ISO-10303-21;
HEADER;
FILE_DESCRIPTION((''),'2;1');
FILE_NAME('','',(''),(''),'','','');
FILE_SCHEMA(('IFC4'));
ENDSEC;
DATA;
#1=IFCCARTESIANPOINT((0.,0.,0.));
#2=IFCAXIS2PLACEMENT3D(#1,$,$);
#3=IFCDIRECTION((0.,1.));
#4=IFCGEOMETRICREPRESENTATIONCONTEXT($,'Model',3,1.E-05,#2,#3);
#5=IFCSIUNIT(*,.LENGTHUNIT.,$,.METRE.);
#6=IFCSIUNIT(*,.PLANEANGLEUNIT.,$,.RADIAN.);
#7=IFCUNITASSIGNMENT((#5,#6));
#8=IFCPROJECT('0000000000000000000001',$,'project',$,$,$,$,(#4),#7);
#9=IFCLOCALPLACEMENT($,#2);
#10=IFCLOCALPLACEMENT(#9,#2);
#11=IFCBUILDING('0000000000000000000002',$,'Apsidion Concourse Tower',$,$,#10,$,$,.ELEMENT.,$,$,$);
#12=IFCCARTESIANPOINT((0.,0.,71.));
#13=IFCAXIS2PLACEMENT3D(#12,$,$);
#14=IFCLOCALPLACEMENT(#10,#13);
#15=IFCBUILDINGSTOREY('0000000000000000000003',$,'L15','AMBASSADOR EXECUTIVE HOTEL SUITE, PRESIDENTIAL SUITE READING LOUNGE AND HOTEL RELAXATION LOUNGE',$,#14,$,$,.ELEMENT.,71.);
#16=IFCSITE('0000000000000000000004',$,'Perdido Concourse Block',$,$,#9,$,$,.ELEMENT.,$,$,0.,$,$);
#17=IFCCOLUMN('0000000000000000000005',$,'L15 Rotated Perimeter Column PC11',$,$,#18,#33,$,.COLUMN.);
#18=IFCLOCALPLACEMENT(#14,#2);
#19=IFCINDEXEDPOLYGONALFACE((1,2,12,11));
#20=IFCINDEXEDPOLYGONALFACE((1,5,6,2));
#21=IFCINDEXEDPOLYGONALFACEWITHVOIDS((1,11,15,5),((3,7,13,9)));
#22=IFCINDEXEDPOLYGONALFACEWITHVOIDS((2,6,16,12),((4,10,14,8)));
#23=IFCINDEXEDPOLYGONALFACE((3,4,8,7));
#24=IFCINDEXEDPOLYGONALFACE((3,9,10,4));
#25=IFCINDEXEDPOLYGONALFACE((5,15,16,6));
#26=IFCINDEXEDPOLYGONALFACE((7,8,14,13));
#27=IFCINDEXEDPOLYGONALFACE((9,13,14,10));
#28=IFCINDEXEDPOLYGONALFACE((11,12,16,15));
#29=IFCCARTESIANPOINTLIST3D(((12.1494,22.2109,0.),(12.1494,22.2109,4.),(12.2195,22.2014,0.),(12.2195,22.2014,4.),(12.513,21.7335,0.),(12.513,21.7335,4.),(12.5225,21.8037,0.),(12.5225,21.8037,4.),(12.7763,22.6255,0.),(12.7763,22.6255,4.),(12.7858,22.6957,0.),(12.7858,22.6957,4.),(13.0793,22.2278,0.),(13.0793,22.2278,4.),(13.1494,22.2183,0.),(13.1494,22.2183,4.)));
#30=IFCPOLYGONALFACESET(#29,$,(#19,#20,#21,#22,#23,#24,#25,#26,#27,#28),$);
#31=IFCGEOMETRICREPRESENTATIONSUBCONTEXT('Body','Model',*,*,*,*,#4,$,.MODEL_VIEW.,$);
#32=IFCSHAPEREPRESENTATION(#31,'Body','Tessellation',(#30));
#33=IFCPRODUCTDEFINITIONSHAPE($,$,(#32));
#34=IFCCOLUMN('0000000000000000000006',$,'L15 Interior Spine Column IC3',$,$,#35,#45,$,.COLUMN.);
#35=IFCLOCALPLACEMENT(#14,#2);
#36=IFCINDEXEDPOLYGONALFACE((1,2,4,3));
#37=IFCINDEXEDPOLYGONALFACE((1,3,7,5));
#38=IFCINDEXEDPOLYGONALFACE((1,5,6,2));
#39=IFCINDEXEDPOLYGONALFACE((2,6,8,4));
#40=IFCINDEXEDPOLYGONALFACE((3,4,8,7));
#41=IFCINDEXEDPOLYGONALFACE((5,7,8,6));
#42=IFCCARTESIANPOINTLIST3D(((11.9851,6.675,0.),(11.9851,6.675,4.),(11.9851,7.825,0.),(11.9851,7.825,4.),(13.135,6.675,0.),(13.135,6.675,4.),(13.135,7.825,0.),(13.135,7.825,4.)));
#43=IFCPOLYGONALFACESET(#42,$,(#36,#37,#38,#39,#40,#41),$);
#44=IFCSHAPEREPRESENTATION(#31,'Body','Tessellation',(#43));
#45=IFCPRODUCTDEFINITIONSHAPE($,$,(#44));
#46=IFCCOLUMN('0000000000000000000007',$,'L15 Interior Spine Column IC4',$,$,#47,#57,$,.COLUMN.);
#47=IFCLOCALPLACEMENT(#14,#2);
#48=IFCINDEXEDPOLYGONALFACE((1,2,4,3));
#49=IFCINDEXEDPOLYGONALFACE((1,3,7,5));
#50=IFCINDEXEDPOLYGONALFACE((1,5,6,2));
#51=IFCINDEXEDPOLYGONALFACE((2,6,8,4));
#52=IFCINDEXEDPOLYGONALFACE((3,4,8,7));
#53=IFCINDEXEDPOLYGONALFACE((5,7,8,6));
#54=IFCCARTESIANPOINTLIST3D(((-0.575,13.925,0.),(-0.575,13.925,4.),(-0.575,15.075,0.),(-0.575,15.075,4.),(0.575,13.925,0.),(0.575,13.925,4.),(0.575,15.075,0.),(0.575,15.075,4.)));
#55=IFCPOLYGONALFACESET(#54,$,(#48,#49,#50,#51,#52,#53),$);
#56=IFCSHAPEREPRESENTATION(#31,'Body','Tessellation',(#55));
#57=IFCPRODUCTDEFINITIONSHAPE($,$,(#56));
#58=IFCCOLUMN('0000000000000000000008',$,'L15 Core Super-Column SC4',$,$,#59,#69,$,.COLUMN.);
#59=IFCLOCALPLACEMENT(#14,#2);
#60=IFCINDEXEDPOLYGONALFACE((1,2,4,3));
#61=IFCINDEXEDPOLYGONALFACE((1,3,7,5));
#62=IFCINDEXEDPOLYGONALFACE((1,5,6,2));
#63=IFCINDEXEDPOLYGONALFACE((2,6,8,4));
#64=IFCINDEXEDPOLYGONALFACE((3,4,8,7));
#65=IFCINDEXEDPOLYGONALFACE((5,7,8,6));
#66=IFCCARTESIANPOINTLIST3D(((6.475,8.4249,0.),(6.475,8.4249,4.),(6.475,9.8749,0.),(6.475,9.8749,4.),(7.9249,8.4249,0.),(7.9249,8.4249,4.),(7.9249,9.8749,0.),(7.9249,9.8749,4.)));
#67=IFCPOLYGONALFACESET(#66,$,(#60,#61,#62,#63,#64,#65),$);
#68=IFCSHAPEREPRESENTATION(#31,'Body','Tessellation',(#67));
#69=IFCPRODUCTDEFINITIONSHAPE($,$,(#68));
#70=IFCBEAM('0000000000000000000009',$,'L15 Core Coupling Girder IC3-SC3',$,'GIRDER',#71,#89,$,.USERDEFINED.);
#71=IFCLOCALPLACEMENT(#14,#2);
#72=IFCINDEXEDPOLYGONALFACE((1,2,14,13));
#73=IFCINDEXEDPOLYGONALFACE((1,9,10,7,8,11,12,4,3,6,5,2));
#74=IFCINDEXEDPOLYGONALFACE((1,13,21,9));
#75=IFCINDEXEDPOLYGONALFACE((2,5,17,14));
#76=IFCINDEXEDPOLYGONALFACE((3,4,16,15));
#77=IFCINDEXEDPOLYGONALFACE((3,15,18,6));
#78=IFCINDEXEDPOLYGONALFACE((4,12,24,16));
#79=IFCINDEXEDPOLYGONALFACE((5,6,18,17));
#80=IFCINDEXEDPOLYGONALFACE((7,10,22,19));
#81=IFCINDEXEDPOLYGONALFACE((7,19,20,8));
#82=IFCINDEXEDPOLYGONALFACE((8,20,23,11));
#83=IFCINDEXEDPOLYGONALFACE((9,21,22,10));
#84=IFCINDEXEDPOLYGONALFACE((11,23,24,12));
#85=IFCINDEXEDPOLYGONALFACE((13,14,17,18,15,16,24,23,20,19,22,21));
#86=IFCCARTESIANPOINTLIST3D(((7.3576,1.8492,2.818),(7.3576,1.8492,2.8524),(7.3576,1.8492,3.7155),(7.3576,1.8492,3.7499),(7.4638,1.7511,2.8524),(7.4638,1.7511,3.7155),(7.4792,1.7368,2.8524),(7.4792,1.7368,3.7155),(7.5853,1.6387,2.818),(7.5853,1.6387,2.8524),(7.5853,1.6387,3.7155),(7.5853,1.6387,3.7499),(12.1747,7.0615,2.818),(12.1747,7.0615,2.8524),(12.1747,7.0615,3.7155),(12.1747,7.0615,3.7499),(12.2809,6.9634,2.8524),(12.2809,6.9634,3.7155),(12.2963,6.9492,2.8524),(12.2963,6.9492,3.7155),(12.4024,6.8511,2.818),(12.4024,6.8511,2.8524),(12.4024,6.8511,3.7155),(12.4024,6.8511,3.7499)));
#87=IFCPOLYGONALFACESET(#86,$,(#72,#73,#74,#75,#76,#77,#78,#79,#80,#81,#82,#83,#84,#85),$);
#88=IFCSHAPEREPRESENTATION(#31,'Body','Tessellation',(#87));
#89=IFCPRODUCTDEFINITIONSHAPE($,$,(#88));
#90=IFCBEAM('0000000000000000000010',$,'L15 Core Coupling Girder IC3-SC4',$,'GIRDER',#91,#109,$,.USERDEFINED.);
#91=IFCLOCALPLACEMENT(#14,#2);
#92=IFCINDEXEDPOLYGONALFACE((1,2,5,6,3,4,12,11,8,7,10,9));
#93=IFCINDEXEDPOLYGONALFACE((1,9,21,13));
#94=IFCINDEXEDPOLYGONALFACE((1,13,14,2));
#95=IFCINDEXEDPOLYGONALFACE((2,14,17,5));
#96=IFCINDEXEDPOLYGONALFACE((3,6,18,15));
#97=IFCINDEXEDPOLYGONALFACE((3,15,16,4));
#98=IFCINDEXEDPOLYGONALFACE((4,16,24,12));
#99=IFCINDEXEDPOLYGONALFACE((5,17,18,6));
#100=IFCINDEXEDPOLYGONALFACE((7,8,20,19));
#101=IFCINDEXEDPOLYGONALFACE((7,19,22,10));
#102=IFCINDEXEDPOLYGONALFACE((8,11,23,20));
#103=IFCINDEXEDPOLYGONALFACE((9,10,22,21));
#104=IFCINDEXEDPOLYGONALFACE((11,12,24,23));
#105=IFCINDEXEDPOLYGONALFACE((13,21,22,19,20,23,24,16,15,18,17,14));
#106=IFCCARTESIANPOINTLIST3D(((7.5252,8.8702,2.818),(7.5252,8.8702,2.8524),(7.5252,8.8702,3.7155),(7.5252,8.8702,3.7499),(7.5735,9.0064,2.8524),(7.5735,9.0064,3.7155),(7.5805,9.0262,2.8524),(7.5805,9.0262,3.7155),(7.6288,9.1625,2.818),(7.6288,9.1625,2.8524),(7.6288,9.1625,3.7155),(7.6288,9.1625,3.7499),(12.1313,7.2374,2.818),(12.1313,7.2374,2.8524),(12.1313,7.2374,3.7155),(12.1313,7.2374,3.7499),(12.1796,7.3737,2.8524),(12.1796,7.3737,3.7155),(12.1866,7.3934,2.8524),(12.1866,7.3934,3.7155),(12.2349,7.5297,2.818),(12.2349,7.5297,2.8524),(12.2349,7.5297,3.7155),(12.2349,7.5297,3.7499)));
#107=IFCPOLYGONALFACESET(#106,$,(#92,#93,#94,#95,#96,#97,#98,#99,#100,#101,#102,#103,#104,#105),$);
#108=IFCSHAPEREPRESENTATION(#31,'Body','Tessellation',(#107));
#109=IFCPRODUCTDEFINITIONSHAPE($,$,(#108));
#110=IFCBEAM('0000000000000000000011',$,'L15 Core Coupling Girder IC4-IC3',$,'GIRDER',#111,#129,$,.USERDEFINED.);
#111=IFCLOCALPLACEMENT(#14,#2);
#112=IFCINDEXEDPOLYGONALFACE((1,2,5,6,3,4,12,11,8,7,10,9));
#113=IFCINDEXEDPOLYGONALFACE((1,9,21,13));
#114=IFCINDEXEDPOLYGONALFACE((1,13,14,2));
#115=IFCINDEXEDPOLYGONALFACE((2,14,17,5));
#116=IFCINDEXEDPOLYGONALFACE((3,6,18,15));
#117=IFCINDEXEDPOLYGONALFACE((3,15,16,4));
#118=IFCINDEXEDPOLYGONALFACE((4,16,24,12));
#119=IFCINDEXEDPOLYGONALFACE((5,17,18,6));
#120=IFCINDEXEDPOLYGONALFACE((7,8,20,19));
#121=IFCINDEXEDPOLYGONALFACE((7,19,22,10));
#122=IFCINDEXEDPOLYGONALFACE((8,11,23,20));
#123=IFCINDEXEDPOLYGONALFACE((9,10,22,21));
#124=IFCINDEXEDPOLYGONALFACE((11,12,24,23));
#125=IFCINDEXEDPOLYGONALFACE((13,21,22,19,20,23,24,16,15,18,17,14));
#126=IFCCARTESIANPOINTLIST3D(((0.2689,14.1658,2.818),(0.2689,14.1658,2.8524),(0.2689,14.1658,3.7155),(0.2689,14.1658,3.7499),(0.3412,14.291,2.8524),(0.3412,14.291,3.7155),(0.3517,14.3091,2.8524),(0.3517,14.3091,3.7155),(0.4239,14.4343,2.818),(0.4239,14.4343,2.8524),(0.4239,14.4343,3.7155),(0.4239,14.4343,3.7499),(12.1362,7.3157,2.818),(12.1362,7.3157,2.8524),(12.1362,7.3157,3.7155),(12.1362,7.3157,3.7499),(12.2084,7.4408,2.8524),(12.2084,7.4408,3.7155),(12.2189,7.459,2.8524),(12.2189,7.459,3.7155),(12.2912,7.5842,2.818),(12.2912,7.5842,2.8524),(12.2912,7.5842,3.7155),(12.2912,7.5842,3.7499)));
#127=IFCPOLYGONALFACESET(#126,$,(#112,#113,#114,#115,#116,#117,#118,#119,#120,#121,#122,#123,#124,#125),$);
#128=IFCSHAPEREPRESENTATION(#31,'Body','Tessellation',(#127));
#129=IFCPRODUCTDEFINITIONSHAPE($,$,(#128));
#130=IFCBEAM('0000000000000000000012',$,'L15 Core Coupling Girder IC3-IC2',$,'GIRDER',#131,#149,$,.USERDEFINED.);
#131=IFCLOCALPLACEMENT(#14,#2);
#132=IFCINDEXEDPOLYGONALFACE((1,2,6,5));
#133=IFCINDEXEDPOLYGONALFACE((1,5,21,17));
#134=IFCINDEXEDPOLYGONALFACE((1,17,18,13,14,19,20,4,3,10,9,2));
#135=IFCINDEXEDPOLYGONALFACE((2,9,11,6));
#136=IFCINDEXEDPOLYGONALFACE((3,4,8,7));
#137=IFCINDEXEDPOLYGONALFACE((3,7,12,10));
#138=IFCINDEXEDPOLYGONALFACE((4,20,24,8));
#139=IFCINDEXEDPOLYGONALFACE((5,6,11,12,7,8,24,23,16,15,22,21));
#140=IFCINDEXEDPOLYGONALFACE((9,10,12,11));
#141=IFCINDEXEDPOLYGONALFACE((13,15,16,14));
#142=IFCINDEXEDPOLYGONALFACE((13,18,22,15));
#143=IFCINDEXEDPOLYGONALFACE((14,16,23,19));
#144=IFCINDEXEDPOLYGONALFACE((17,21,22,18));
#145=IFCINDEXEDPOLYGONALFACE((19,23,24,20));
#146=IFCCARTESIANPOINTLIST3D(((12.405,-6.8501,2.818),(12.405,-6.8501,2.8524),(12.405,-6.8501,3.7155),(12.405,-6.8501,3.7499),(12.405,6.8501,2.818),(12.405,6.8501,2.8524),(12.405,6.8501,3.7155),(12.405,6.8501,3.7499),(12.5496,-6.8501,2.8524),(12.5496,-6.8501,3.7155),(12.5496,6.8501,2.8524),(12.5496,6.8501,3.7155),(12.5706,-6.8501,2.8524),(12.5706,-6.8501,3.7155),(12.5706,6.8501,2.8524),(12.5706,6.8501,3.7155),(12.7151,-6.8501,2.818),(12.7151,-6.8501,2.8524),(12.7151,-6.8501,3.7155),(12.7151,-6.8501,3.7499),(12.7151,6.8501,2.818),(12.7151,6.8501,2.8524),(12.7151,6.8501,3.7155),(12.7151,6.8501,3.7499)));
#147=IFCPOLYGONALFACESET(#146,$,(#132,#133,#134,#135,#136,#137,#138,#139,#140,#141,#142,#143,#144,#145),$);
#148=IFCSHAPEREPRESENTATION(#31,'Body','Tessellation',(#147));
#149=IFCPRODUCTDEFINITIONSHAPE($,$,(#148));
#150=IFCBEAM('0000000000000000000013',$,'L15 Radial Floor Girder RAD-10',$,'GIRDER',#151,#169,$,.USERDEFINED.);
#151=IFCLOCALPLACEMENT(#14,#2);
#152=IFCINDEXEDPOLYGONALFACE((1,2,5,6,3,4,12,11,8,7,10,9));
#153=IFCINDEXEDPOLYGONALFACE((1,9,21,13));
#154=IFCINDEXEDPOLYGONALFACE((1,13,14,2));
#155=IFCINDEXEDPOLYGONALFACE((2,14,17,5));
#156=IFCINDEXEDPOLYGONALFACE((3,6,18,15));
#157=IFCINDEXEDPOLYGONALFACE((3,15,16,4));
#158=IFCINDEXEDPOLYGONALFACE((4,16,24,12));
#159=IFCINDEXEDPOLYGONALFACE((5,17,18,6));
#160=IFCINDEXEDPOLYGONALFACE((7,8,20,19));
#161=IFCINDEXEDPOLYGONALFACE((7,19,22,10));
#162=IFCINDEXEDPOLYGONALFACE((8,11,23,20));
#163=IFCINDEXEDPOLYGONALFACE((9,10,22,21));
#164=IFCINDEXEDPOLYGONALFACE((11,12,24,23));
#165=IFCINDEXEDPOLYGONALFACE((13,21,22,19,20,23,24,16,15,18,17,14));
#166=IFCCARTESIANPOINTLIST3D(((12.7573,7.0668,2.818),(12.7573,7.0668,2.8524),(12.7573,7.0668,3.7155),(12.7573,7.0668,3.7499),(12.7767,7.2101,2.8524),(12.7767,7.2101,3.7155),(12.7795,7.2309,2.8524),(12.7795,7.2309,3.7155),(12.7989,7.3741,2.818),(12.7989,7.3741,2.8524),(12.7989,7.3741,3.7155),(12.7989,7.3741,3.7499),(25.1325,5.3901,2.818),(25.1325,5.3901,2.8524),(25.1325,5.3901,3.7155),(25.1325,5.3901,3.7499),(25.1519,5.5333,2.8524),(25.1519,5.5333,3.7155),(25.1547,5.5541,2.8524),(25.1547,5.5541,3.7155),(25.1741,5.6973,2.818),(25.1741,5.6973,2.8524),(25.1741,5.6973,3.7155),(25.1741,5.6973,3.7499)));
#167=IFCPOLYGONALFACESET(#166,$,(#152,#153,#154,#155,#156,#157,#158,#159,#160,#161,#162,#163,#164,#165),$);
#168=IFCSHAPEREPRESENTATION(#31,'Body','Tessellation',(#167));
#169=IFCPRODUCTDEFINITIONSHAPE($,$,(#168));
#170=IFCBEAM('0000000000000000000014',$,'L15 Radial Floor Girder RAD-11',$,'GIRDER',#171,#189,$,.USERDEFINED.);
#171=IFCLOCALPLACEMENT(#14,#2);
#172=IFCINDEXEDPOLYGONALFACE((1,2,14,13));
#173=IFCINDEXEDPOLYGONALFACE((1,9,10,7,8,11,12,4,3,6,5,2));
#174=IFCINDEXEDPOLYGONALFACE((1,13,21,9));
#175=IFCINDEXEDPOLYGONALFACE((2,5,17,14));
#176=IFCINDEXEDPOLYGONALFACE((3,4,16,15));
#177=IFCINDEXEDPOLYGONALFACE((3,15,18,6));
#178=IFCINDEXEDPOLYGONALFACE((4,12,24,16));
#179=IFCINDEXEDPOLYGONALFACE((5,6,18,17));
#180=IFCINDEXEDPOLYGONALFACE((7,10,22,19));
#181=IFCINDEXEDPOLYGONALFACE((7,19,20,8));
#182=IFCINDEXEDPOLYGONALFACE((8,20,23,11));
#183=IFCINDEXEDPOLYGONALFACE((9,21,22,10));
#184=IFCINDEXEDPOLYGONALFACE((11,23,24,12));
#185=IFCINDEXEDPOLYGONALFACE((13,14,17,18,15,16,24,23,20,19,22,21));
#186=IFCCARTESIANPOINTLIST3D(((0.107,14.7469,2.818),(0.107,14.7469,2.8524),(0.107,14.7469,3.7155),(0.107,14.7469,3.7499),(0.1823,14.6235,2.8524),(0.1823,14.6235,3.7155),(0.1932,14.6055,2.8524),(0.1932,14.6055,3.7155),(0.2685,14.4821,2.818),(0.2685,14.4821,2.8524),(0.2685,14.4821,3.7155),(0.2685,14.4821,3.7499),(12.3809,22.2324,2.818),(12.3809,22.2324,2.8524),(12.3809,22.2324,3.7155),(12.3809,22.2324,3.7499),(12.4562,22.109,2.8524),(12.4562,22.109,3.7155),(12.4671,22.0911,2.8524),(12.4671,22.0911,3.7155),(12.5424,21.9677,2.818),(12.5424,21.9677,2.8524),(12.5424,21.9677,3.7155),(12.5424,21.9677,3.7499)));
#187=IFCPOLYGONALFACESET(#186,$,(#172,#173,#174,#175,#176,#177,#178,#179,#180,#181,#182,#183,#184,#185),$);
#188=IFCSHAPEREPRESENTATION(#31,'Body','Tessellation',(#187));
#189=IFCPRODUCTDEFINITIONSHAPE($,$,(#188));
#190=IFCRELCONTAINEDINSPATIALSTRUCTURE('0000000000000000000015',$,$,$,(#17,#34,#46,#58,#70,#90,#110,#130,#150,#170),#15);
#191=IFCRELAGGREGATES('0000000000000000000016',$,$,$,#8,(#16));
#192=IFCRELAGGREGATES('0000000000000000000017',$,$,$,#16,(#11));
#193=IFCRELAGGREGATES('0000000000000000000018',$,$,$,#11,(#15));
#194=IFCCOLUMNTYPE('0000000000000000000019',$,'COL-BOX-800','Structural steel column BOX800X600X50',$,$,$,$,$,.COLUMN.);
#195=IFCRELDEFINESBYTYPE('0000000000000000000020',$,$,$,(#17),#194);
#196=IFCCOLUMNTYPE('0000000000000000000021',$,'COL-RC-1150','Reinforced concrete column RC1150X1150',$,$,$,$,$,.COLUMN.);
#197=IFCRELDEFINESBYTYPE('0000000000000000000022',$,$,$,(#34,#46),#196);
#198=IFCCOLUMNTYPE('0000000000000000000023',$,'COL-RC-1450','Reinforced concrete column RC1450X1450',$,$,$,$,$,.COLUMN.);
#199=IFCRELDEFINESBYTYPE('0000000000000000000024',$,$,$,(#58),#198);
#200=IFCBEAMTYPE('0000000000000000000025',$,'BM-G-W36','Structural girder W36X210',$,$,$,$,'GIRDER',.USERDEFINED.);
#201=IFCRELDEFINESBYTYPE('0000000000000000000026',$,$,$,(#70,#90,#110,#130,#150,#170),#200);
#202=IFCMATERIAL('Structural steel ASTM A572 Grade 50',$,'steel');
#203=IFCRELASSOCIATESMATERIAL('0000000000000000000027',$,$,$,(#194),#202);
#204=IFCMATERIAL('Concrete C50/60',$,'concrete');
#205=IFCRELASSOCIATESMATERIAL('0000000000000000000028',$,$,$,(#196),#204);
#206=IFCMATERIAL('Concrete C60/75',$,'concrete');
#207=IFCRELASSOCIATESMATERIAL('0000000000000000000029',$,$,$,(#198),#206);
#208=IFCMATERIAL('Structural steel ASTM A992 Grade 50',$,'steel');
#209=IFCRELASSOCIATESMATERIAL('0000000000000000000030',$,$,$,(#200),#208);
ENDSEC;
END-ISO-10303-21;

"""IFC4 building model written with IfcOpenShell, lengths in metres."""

from ifc_helpers import new_model, si_unit, direction, frame, origin, origin_2d, place, context, subcontext, project, spatial, rectangle, hollow_rectangle, i_section, extrude, material, material_profile, profile_set, type_object, element, save


model = new_model("IFC4")

# Units and contexts
model_context = context("Model", 3, precision=1e-05, world=origin(), true_north=direction((0.0, 1.0)))
body_context = subcontext(model_context, "Body", "Model", "MODEL_VIEW")
ifc_project = project(units=[si_unit("LENGTHUNIT", "METRE"), si_unit("PLANEANGLEUNIT", "RADIAN")], contexts=[model_context])

# Site, building, storey
site_placement = place(None, origin())
site = spatial("IfcSite", under=ifc_project, at=site_placement, Name="Perdido Concourse Block", CompositionType="ELEMENT", RefElevation=0.0)
building_placement = place(site_placement, origin())
building = spatial("IfcBuilding", under=site, at=building_placement, Name="Apsidion Concourse Tower", CompositionType="ELEMENT")
storey_placement = place(building_placement, frame((0.0, 0.0, 71.0)))
storey = spatial("IfcBuildingStorey", under=building, at=storey_placement, Name="L15", Description="AMBASSADOR EXECUTIVE HOTEL SUITE, PRESIDENTIAL SUITE READING LOUNGE AND HOTEL RELAXATION LOUNGE", CompositionType="ELEMENT", Elevation=71.0)

# Columns
ifc_material_1 = material(Name="Structural steel ASTM A572 Grade 50", Category="steel")
ifc_material_profile_1 = material_profile(ifc_material_1, hollow_rectangle(XDim=0.6001, YDim=0.8, WallThickness=0.05, at=origin_2d()), Name="BOX800X600X50")
ifc_profile_set_1 = profile_set([ifc_material_profile_1], Name="Structural steel ASTM A572 Grade 50")
column_type_1 = type_object("IfcColumnType", Name="COL-BOX-800", Description="Structural steel column BOX800X600X50", PredefinedType="COLUMN", material=ifc_profile_set_1)
column_1_placement = place(storey_placement, frame((12.6494, 22.2146, 0.0), z_axis=(0.0, 0.0, 1.0), x_axis=(-0.605988, 0.795473, 0.0)))
element("IfcColumn", 1, at=column_1_placement, inside=storey, type_object=column_type_1, Name="L15 Rotated Perimeter Column PC11", PredefinedType="COLUMN", context=body_context, shape_type="SweptSolid", body=[
    extrude(hollow_rectangle(XDim=0.6001, YDim=0.8, WallThickness=0.05, at=origin_2d()), origin(), (0.0, 0.0, 1.0), 4.0),
])
ifc_material_2 = material(Name="Concrete C50/60", Category="concrete")
ifc_material_profile_2 = material_profile(ifc_material_2, rectangle(XDim=1.1499, YDim=1.1499, at=origin_2d()), Name="RC 1150x1150")
ifc_profile_set_2 = profile_set([ifc_material_profile_2], Name="Concrete C50/60")
column_type_2 = type_object("IfcColumnType", Name="COL-RC-1150", Description="Reinforced concrete column RC1150X1150", PredefinedType="COLUMN", material=ifc_profile_set_2)
for number, where, z_axis, x_axis, name in (
    (2, (12.5601, 7.25, 0.0), (0.0, 0.0, 1.0), (1.0, 0.0, 0.0), "L15 Interior Spine Column IC3"),
    (3, (0.0, 14.5, 0.0), (0.0, 0.0, 1.0), (1.0, 0.0, 0.0), "L15 Interior Spine Column IC4"),
):
    element("IfcColumn", number, at=place(storey_placement, frame(where, z_axis=z_axis, x_axis=x_axis)), inside=storey, type_object=column_type_2, Name=name, PredefinedType="COLUMN", context=body_context, shape_type="SweptSolid", body=[
        extrude(rectangle(XDim=1.1499, YDim=1.1499, at=origin_2d()), origin(), (0.0, 0.0, 1.0), 4.0),
    ])
ifc_material_3 = material(Name="Concrete C60/75", Category="concrete")
ifc_material_profile_3 = material_profile(ifc_material_3, rectangle(XDim=1.45, YDim=1.45, at=origin_2d()), Name="RC 1450x1450")
ifc_profile_set_3 = profile_set([ifc_material_profile_3], Name="Concrete C60/75")
column_type_3 = type_object("IfcColumnType", Name="COL-RC-1450", Description="Reinforced concrete column RC1450X1450", PredefinedType="COLUMN", material=ifc_profile_set_3)
column_2_placement = place(storey_placement, frame((7.2, 9.1499, 0.0), z_axis=(0.0, 0.0, 1.0), x_axis=(1.0, 0.0, 0.0)))
element("IfcColumn", 4, at=column_2_placement, inside=storey, type_object=column_type_3, Name="L15 Core Super-Column SC4", PredefinedType="COLUMN", context=body_context, shape_type="SweptSolid", body=[
    extrude(rectangle(XDim=1.45, YDim=1.45, at=origin_2d()), origin(), (0.0, 0.0, 1.0), 4.0),
])

# Beams
ifc_material_4 = material(Name="Structural steel ASTM A992 Grade 50", Category="steel")
ifc_material_profile_4 = material_profile(ifc_material_4, i_section(OverallWidth=0.3101, OverallDepth=0.9319, WebThickness=0.021, FlangeThickness=0.0344, at=origin_2d()), Name="W36X210")
ifc_profile_set_4 = profile_set([ifc_material_profile_4], Name="Structural steel ASTM A992 Grade 50")
beam_type_1 = type_object("IfcBeamType", Name="BM-G-W36", Description="Structural girder W36X210", ElementType="GIRDER", PredefinedType="USERDEFINED", material=ifc_profile_set_4)
beam_1_placement = place(storey_placement, frame((12.2886, 6.9563, 3.2839), z_axis=(-0.678713, -0.734404, 0.0), x_axis=(0.734404, -0.678713, 0.0)))
element("IfcBeam", 5, at=beam_1_placement, inside=storey, type_object=beam_type_1, Name="L15 Core Coupling Girder IC3-SC3", ObjectType="GIRDER", PredefinedType="USERDEFINED", context=body_context, shape_type="SweptSolid", body=[
    extrude(i_section(OverallWidth=0.3101, OverallDepth=0.9319, WebThickness=0.021, FlangeThickness=0.0344, at=origin_2d()), origin(), (0.0, 0.0, 1.0), 7.0974),
])
beam_2_placement = place(storey_placement, frame((12.1831, 7.3835, 3.2839), z_axis=(-0.942534, 0.334111, 0.0), x_axis=(-0.334111, -0.942534, 0.0)))
element("IfcBeam", 6, at=beam_2_placement, inside=storey, type_object=beam_type_1, Name="L15 Core Coupling Girder IC3-SC4", ObjectType="GIRDER", PredefinedType="USERDEFINED", context=body_context, shape_type="SweptSolid", body=[
    extrude(i_section(OverallWidth=0.3101, OverallDepth=0.9319, WebThickness=0.021, FlangeThickness=0.0344, at=origin_2d()), origin(), (0.0, 0.0, 1.0), 4.887),
])
beam_3_placement = place(storey_placement, frame((0.3464, 14.3, 3.2839), z_axis=(0.86607, -0.499922, 0.0), x_axis=(0.499922, 0.86607, 0.0)))
element("IfcBeam", 7, at=beam_3_placement, inside=storey, type_object=beam_type_1, Name="L15 Core Coupling Girder IC4-IC3", ObjectType="GIRDER", PredefinedType="USERDEFINED", context=body_context, shape_type="SweptSolid", body=[
    extrude(i_section(OverallWidth=0.3101, OverallDepth=0.9319, WebThickness=0.021, FlangeThickness=0.0344, at=origin_2d()), origin(), (0.0, 0.0, 1.0), 13.7024),
])
beam_4_placement = place(storey_placement, frame((12.5601, 6.8501, 3.2839), z_axis=(0.0, -1.0, 0.0), x_axis=(1.0, 0.0, 0.0)))
element("IfcBeam", 8, at=beam_4_placement, inside=storey, type_object=beam_type_1, Name="L15 Core Coupling Girder IC3-IC2", ObjectType="GIRDER", PredefinedType="USERDEFINED", context=body_context, shape_type="SweptSolid", body=[
    extrude(i_section(OverallWidth=0.3101, OverallDepth=0.9319, WebThickness=0.021, FlangeThickness=0.0344, at=origin_2d()), origin(), (0.0, 0.0, 1.0), 13.7002),
])
beam_5_placement = place(storey_placement, frame((12.7781, 7.2205, 3.2839), z_axis=(0.990945, -0.134266, 0.0), x_axis=(0.134266, 0.990945, 0.0)))
element("IfcBeam", 9, at=beam_5_placement, inside=storey, type_object=beam_type_1, Name="L15 Radial Floor Girder RAD-10", ObjectType="GIRDER", PredefinedType="USERDEFINED", context=body_context, shape_type="SweptSolid", body=[
    extrude(i_section(OverallWidth=0.3101, OverallDepth=0.9319, WebThickness=0.021, FlangeThickness=0.0344, at=origin_2d()), origin(), (0.0, 0.0, 1.0), 12.4883),
])
beam_6_placement = place(storey_placement, frame((0.1877, 14.6145, 3.2839), z_axis=(0.85375, 0.520683, 0.0), x_axis=(-0.520683, 0.85375, 0.0)))
element("IfcBeam", 10, at=beam_6_placement, inside=storey, type_object=beam_type_1, Name="L15 Radial Floor Girder RAD-11", ObjectType="GIRDER", PredefinedType="USERDEFINED", context=body_context, shape_type="SweptSolid", body=[
    extrude(i_section(OverallWidth=0.3101, OverallDepth=0.9319, WebThickness=0.021, FlangeThickness=0.0344, at=origin_2d()), origin(), (0.0, 0.0, 1.0), 14.3765),
])

save(model, "model.ifc")
